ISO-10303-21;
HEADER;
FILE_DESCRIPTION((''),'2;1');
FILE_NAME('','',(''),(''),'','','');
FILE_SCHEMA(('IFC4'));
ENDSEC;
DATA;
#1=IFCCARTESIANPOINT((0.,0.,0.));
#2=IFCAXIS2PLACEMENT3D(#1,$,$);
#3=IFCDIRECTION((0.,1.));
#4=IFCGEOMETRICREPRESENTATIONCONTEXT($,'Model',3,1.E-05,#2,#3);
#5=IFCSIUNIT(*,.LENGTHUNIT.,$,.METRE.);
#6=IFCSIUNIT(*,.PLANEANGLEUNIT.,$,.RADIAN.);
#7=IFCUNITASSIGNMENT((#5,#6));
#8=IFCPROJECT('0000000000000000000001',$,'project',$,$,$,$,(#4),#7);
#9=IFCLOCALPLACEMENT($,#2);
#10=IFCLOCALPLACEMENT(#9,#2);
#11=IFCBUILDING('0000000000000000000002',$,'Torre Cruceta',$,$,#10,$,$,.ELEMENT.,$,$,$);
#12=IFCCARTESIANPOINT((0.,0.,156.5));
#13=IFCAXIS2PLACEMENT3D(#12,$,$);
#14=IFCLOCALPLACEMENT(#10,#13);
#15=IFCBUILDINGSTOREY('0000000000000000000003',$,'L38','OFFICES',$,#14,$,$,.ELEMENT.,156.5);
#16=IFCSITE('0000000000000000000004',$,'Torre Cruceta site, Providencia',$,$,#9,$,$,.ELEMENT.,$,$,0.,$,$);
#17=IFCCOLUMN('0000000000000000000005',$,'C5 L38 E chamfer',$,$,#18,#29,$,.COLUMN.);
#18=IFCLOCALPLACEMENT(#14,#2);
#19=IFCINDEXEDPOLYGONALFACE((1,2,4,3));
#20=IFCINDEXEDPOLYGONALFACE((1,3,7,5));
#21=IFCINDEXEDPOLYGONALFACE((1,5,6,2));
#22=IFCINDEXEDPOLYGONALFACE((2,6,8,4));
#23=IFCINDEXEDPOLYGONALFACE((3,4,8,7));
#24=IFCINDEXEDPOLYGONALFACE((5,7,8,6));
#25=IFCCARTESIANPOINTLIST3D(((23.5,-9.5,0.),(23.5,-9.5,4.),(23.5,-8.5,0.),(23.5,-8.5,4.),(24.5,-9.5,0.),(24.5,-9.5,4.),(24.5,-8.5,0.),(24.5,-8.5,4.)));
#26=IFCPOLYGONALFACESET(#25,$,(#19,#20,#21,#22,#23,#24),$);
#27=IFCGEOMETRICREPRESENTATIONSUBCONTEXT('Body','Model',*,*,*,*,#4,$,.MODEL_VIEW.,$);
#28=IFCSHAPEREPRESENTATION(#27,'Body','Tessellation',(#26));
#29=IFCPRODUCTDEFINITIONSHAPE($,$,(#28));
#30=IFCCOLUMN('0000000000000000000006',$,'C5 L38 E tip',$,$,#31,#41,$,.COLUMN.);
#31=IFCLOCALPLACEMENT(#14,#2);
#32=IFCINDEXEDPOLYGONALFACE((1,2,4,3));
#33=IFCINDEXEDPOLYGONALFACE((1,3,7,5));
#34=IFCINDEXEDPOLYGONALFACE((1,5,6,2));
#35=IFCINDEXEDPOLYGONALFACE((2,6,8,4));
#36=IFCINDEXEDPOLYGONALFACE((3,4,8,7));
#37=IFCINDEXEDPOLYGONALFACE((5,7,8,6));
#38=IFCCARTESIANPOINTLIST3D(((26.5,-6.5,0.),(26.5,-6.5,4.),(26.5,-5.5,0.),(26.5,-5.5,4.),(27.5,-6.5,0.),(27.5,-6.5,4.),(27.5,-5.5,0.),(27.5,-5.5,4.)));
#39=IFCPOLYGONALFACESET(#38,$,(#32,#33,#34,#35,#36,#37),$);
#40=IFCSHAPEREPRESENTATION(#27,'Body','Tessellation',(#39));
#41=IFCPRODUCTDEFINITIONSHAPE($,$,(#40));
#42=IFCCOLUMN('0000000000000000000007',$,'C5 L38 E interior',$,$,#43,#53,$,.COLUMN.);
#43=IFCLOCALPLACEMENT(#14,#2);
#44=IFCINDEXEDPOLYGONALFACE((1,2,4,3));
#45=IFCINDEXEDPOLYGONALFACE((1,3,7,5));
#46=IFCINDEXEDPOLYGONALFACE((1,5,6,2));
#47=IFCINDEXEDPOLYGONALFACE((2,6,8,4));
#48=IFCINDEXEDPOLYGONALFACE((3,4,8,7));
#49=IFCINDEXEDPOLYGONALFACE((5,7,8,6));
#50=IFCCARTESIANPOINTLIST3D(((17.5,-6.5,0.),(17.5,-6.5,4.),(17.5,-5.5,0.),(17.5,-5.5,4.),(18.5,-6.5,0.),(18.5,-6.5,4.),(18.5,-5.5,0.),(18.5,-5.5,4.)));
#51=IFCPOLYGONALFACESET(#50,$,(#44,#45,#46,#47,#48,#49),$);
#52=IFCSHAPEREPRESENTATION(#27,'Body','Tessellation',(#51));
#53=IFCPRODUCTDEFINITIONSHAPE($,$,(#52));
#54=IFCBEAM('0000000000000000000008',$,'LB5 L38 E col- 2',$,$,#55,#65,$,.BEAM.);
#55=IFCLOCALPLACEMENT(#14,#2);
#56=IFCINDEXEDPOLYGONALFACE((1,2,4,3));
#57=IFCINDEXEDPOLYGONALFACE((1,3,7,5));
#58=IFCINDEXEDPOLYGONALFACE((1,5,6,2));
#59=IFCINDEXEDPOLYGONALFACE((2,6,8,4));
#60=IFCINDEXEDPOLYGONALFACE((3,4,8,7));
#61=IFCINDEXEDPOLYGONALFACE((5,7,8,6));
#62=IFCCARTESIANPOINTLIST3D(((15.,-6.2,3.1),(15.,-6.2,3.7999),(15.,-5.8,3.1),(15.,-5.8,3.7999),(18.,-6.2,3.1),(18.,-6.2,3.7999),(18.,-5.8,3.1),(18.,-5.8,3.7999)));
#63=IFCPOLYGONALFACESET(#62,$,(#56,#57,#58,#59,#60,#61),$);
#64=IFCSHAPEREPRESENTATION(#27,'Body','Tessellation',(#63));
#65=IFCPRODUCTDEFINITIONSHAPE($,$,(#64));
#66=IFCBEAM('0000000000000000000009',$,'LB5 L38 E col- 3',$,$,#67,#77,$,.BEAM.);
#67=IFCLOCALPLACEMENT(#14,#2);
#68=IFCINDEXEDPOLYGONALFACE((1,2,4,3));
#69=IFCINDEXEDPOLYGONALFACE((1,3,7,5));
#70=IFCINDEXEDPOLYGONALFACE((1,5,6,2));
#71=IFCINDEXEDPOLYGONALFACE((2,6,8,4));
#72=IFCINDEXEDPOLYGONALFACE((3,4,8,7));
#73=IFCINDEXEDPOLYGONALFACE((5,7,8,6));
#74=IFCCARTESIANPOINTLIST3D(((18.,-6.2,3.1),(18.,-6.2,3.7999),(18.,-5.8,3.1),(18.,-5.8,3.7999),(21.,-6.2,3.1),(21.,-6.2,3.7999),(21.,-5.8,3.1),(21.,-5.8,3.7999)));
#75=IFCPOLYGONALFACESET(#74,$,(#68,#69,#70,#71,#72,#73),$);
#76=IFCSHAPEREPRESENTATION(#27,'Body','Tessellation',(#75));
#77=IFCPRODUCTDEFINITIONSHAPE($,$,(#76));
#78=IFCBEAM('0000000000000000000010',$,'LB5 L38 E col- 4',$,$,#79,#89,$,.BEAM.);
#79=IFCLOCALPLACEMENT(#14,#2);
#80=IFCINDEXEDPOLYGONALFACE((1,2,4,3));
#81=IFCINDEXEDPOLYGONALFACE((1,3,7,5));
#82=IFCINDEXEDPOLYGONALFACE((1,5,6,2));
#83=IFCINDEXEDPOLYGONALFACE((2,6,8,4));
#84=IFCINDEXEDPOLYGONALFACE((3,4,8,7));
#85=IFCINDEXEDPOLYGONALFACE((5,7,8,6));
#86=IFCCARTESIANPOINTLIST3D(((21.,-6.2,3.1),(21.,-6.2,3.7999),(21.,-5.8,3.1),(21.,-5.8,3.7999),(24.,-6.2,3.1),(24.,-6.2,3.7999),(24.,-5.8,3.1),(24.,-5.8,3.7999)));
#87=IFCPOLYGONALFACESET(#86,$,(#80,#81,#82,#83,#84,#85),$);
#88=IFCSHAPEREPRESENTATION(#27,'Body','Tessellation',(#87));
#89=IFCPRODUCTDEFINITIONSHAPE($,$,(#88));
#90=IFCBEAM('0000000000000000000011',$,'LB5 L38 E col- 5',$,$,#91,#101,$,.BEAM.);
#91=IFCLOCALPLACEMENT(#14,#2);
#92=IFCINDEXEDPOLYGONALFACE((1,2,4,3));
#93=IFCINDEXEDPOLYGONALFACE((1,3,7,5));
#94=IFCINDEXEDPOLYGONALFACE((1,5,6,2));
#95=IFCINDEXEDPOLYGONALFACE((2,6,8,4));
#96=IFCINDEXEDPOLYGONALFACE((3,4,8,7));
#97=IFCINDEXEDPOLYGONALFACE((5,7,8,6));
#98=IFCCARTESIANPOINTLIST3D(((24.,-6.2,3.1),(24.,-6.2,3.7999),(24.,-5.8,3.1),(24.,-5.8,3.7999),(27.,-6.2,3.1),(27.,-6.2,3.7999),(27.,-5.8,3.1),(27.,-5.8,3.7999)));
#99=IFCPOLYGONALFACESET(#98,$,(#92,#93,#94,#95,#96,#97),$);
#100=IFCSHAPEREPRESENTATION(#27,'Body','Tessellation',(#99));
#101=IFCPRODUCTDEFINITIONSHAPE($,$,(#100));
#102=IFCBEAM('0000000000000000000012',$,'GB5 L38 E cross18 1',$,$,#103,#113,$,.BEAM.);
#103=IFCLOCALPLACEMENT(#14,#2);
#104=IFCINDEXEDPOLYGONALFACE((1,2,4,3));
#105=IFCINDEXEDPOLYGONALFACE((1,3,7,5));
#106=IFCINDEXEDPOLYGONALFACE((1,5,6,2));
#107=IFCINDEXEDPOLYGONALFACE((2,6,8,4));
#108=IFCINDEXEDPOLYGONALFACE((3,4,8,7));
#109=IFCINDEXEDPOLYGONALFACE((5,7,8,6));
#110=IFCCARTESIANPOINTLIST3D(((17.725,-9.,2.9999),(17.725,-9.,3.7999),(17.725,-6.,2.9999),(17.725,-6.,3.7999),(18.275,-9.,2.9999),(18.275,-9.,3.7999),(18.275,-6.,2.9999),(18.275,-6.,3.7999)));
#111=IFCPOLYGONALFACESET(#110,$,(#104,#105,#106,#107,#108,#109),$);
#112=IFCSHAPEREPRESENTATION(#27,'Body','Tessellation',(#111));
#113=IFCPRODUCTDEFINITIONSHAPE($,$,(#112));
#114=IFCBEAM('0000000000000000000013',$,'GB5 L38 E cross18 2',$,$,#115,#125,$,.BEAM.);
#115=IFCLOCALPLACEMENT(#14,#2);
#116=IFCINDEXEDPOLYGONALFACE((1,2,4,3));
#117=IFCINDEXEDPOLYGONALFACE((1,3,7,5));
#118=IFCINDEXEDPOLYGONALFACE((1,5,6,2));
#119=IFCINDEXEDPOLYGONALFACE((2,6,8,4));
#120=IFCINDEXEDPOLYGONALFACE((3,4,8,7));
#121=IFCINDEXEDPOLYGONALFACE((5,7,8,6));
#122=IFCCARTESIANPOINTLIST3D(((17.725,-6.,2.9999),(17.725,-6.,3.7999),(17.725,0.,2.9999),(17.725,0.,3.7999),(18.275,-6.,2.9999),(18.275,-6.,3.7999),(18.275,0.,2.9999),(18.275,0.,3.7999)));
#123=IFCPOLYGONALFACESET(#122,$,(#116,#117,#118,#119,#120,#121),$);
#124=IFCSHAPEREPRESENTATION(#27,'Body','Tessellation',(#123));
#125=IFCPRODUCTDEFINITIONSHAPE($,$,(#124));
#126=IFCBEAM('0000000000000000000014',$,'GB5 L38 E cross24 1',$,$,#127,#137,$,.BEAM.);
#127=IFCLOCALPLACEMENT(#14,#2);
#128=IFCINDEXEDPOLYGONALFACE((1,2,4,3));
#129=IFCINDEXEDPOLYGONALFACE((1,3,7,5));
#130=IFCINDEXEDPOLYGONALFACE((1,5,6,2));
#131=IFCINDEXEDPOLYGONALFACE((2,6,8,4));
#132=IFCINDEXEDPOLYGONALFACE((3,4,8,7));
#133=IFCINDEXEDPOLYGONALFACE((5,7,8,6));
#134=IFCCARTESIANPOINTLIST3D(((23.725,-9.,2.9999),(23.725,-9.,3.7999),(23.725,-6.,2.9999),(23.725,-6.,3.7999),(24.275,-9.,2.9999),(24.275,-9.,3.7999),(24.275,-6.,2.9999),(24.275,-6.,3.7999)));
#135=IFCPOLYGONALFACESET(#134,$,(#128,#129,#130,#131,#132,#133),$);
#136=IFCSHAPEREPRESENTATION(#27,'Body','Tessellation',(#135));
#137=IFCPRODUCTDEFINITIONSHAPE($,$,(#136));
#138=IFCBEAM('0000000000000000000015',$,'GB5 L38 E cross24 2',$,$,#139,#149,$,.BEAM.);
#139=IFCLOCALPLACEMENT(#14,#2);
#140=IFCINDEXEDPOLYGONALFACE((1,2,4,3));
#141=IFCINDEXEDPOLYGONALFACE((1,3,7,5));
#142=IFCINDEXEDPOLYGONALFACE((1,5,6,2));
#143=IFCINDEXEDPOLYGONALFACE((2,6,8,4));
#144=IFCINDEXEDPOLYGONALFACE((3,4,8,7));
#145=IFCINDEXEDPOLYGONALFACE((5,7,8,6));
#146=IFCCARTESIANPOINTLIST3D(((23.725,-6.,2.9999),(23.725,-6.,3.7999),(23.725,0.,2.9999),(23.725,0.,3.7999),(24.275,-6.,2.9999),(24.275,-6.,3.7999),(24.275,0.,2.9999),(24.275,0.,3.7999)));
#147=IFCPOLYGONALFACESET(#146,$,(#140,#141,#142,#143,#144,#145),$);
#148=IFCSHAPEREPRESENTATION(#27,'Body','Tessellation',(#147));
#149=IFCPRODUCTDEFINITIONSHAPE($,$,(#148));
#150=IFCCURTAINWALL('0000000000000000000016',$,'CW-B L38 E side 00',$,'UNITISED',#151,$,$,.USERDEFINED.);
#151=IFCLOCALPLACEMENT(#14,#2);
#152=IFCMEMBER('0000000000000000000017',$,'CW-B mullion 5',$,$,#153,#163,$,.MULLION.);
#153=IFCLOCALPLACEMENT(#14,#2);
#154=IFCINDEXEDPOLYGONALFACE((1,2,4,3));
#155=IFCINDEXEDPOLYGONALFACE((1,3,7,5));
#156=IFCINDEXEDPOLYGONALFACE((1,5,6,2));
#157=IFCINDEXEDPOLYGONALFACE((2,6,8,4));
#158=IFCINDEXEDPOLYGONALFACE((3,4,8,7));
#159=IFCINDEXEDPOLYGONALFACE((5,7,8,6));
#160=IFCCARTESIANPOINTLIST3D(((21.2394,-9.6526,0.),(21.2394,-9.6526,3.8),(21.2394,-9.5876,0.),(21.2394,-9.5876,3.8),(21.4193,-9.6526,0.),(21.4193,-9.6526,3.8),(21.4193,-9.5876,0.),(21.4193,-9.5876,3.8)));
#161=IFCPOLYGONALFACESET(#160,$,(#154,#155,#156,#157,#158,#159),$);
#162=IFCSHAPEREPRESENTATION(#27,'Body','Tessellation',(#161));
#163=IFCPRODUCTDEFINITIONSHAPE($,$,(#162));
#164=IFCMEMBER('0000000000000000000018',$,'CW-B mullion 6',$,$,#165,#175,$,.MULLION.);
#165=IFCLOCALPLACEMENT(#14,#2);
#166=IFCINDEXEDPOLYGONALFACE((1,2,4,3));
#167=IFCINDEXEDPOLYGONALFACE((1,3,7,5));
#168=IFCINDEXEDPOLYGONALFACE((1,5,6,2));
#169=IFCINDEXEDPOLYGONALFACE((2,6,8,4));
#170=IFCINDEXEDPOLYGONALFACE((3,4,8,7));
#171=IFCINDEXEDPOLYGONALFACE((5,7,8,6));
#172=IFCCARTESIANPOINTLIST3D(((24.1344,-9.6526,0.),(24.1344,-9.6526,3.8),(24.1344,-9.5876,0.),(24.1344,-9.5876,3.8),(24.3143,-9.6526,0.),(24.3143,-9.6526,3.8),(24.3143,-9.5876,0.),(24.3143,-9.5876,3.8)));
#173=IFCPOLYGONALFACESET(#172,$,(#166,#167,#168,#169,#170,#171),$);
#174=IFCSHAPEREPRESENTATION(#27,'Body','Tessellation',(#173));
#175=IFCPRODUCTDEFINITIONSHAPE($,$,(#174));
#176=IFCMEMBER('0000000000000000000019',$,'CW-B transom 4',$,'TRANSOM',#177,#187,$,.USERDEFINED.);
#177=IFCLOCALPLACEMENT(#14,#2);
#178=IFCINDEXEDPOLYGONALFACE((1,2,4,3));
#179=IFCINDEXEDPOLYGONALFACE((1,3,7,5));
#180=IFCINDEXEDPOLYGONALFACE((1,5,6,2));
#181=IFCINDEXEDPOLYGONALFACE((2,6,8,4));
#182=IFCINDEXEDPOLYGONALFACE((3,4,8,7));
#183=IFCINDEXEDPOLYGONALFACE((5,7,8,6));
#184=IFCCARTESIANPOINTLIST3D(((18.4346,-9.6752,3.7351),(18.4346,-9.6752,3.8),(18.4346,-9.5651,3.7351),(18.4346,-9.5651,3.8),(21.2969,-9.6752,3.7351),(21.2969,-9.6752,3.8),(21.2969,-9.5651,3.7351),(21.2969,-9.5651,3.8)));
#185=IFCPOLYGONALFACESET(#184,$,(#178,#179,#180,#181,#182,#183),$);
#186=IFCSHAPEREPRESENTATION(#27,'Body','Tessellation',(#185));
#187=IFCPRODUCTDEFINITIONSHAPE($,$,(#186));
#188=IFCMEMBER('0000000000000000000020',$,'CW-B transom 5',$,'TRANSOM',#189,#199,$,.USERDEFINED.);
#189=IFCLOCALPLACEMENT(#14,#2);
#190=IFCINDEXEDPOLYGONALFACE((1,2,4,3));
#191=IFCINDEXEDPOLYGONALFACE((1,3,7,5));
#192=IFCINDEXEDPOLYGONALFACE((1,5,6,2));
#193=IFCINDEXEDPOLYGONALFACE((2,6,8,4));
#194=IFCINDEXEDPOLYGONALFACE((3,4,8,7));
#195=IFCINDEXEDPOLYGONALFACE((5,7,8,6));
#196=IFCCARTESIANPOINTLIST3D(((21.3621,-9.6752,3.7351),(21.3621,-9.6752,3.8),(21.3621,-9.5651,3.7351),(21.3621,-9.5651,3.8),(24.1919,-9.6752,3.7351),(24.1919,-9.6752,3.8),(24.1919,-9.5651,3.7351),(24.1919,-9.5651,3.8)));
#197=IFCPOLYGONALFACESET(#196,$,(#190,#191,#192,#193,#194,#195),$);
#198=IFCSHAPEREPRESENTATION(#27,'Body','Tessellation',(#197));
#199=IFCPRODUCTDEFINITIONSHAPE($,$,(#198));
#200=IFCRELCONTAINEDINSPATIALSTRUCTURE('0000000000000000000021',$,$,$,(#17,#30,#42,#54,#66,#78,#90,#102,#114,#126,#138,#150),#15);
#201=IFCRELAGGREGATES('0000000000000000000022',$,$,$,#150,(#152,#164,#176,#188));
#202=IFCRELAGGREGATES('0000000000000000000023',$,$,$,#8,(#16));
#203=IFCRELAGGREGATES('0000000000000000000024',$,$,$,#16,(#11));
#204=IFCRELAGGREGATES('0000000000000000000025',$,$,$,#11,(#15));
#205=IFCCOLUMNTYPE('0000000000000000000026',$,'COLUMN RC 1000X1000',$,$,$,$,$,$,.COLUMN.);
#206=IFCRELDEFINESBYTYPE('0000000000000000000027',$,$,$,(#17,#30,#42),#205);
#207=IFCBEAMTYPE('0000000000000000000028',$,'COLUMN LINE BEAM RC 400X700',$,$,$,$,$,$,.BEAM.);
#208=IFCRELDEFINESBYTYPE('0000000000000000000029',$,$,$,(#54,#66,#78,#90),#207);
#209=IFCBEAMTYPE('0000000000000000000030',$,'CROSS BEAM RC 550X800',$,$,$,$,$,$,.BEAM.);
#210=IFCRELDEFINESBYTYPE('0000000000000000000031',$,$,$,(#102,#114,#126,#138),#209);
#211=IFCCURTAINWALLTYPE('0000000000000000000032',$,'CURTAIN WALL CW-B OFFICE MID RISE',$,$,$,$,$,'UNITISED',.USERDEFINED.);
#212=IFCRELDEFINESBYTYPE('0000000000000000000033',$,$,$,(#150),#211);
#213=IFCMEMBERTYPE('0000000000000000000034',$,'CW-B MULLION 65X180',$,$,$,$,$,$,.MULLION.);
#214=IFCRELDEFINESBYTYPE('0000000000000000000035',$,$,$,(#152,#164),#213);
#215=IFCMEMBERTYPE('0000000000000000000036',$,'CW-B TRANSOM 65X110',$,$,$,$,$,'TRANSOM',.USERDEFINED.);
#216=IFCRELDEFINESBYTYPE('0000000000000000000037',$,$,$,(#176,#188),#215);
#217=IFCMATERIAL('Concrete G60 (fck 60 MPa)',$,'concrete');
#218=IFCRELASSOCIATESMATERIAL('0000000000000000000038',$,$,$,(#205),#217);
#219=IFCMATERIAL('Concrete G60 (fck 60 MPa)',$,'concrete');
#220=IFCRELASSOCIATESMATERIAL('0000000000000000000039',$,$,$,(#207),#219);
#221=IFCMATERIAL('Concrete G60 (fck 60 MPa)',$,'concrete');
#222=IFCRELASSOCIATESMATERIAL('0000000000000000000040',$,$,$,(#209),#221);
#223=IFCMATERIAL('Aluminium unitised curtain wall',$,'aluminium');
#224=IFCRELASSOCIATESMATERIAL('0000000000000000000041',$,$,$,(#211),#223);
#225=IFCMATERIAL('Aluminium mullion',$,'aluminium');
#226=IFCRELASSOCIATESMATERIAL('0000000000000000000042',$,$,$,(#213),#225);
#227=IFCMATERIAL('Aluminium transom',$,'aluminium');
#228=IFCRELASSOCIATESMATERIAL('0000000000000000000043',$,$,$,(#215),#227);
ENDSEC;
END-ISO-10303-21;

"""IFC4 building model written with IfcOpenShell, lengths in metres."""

from ifc_helpers import new_model, si_unit, direction, frame, origin, origin_2d, place, context, subcontext, project, spatial, rectangle, extrude, material, material_profile, profile_set, type_object, element, aggregate, save


model = new_model("IFC4")

# Units and contexts
model_context = context("Model", 3, precision=1e-05, world=origin(), true_north=direction((0.0, 1.0)))
body_context = subcontext(model_context, "Body", "Model", "MODEL_VIEW")
ifc_project = project(units=[si_unit("LENGTHUNIT", "METRE"), si_unit("PLANEANGLEUNIT", "RADIAN")], contexts=[model_context])

# Site, building, storey
site_placement = place(None, origin())
site = spatial("IfcSite", under=ifc_project, at=site_placement, Name="Torre Cruceta site, Providencia", CompositionType="ELEMENT", RefElevation=0.0)
building_placement = place(site_placement, origin())
building = spatial("IfcBuilding", under=site, at=building_placement, Name="Torre Cruceta", CompositionType="ELEMENT")
storey_placement = place(building_placement, frame((0.0, 0.0, 156.5)))
storey = spatial("IfcBuildingStorey", under=building, at=storey_placement, Name="L38", Description="OFFICES", CompositionType="ELEMENT", Elevation=156.5)

# Columns
ifc_material_1 = material(Name="Concrete G60 (fck 60 MPa)", Category="concrete")
ifc_material_profile_1 = material_profile(ifc_material_1, rectangle(XDim=1.0, YDim=1.0, at=origin_2d()), Name="RC 1000X1000")
ifc_profile_set_1 = profile_set([ifc_material_profile_1], Name="Concrete G60 (fck 60 MPa)")
column_type = type_object("IfcColumnType", Name="COLUMN RC 1000X1000", PredefinedType="COLUMN", material=ifc_profile_set_1)
for number, where, z_axis, x_axis, name in (
    (1, (24.0, -9.0, 0.0), (0.0, 0.0, 1.0), (1.0, 0.0, 0.0), "C5 L38 E chamfer"),
    (2, (27.0, -6.0, 0.0), (0.0, 0.0, 1.0), (1.0, 0.0, 0.0), "C5 L38 E tip"),
    (3, (18.0, -6.0, 0.0), (0.0, 0.0, 1.0), (1.0, 0.0, 0.0), "C5 L38 E interior"),
):
    element("IfcColumn", number, at=place(storey_placement, frame(where, z_axis=z_axis, x_axis=x_axis)), inside=storey, type_object=column_type, Name=name, PredefinedType="COLUMN", context=body_context, shape_type="SweptSolid", body=[
        extrude(rectangle(XDim=1.0, YDim=1.0, at=origin_2d()), origin(), (0.0, 0.0, 1.0), 4.0),
    ])

# Beams
ifc_material_2 = material(Name="Concrete G60 (fck 60 MPa)", Category="concrete")
ifc_material_profile_2 = material_profile(ifc_material_2, rectangle(XDim=0.3999, YDim=0.7, at=origin_2d()), Name="RC 400X700")
ifc_profile_set_2 = profile_set([ifc_material_profile_2], Name="Concrete G60 (fck 60 MPa)")
beam_type_1 = type_object("IfcBeamType", Name="COLUMN LINE BEAM RC 400X700", PredefinedType="BEAM", material=ifc_profile_set_2)
for number, where, z_axis, x_axis, name in (
    (4, (15.0, -6.0, 3.45), (1.0, 0.0, 0.0), (0.0, 1.0, 0.0), "LB5 L38 E col- 2"),
    (5, (18.0, -6.0, 3.45), (1.0, 0.0, 0.0), (0.0, 1.0, 0.0), "LB5 L38 E col- 3"),
    (6, (21.0, -6.0, 3.45), (1.0, 0.0, 0.0), (0.0, 1.0, 0.0), "LB5 L38 E col- 4"),
    (7, (24.0, -6.0, 3.45), (1.0, 0.0, 0.0), (0.0, 1.0, 0.0), "LB5 L38 E col- 5"),
):
    element("IfcBeam", number, at=place(storey_placement, frame(where, z_axis=z_axis, x_axis=x_axis)), inside=storey, type_object=beam_type_1, Name=name, PredefinedType="BEAM", context=body_context, shape_type="SweptSolid", body=[
        extrude(rectangle(XDim=0.3999, YDim=0.7, at=origin_2d()), origin(), (0.0, 0.0, 1.0), 3.0),
    ])
ifc_material_3 = material(Name="Concrete G60 (fck 60 MPa)", Category="concrete")
ifc_material_profile_3 = material_profile(ifc_material_3, rectangle(XDim=0.55, YDim=0.8, at=origin_2d()), Name="RC 550X800")
ifc_profile_set_3 = profile_set([ifc_material_profile_3], Name="Concrete G60 (fck 60 MPa)")
beam_type_2 = type_object("IfcBeamType", Name="CROSS BEAM RC 550X800", PredefinedType="BEAM", material=ifc_profile_set_3)
beam_1_placement = place(storey_placement, frame((18.0, -9.0, 3.3999), z_axis=(0.0, 1.0, 0.0), x_axis=(-1.0, 0.0, 0.0)))
element("IfcBeam", 8, at=beam_1_placement, inside=storey, type_object=beam_type_2, Name="GB5 L38 E cross18 1", PredefinedType="BEAM", context=body_context, shape_type="SweptSolid", body=[
    extrude(rectangle(XDim=0.55, YDim=0.8, at=origin_2d()), origin(), (0.0, 0.0, 1.0), 3.0),
])
beam_2_placement = place(storey_placement, frame((18.0, -6.0, 3.3999), z_axis=(0.0, 1.0, 0.0), x_axis=(-1.0, 0.0, 0.0)))
element("IfcBeam", 9, at=beam_2_placement, inside=storey, type_object=beam_type_2, Name="GB5 L38 E cross18 2", PredefinedType="BEAM", context=body_context, shape_type="SweptSolid", body=[
    extrude(rectangle(XDim=0.55, YDim=0.8, at=origin_2d()), origin(), (0.0, 0.0, 1.0), 6.0),
])
beam_3_placement = place(storey_placement, frame((24.0, -9.0, 3.3999), z_axis=(0.0, 1.0, 0.0), x_axis=(-1.0, 0.0, 0.0)))
element("IfcBeam", 10, at=beam_3_placement, inside=storey, type_object=beam_type_2, Name="GB5 L38 E cross24 1", PredefinedType="BEAM", context=body_context, shape_type="SweptSolid", body=[
    extrude(rectangle(XDim=0.55, YDim=0.8, at=origin_2d()), origin(), (0.0, 0.0, 1.0), 3.0),
])
beam_4_placement = place(storey_placement, frame((24.0, -6.0, 3.3999), z_axis=(0.0, 1.0, 0.0), x_axis=(-1.0, 0.0, 0.0)))
element("IfcBeam", 11, at=beam_4_placement, inside=storey, type_object=beam_type_2, Name="GB5 L38 E cross24 2", PredefinedType="BEAM", context=body_context, shape_type="SweptSolid", body=[
    extrude(rectangle(XDim=0.55, YDim=0.8, at=origin_2d()), origin(), (0.0, 0.0, 1.0), 6.0),
])

# Curtain wall, members
ifc_material_4 = material(Name="Aluminium unitised curtain wall", Category="aluminium")
curtain_wall_type = type_object("IfcCurtainWallType", Name="CURTAIN WALL CW-B OFFICE MID RISE", ElementType="UNITISED", PredefinedType="USERDEFINED", material=ifc_material_4)
curtain_wall_placement = place(storey_placement, origin())
curtain_wall = element("IfcCurtainWall", 12, at=curtain_wall_placement, inside=storey, type_object=curtain_wall_type, Name="CW-B L38 E side 00", ObjectType="UNITISED", PredefinedType="USERDEFINED")
ifc_material_5 = material(Name="Aluminium mullion", Category="aluminium")
ifc_material_profile_4 = material_profile(ifc_material_5, rectangle(XDim=0.0649, YDim=0.1799, at=origin_2d()), Name="AL 65X180")
ifc_profile_set_4 = profile_set([ifc_material_profile_4], Name="Aluminium mullion")
member_type_1 = type_object("IfcMemberType", Name="CW-B MULLION 65X180", PredefinedType="MULLION", material=ifc_profile_set_4)
member_1_placement = place(storey_placement, frame((21.3293, -9.6201, 0.0), z_axis=(0.0, 0.0, 1.0), x_axis=(0.0, 1.0, 0.0)))
member_1 = element("IfcMember", 13, at=member_1_placement, type_object=member_type_1, Name="CW-B mullion 5", PredefinedType="MULLION", context=body_context, shape_type="SweptSolid", body=[
    extrude(rectangle(XDim=0.0649, YDim=0.1799, at=origin_2d()), origin(), (0.0, 0.0, 1.0), 3.8),
])
member_2_placement = place(storey_placement, frame((24.2244, -9.6201, 0.0), z_axis=(0.0, 0.0, 1.0), x_axis=(0.0, 1.0, 0.0)))
member_2 = element("IfcMember", 14, at=member_2_placement, type_object=member_type_1, Name="CW-B mullion 6", PredefinedType="MULLION", context=body_context, shape_type="SweptSolid", body=[
    extrude(rectangle(XDim=0.0649, YDim=0.1799, at=origin_2d()), origin(), (0.0, 0.0, 1.0), 3.8),
])
ifc_material_6 = material(Name="Aluminium transom", Category="aluminium")
ifc_material_profile_5 = material_profile(ifc_material_6, rectangle(XDim=0.1101, YDim=0.0649, at=origin_2d()), Name="AL 110X65")
ifc_profile_set_5 = profile_set([ifc_material_profile_5], Name="Aluminium transom")
member_type_2 = type_object("IfcMemberType", Name="CW-B TRANSOM 65X110", ElementType="TRANSOM", PredefinedType="USERDEFINED", material=ifc_profile_set_5)
member_3_placement = place(storey_placement, frame((18.4346, -9.6201, 3.7676), z_axis=(1.0, 0.0, 0.0), x_axis=(0.0, 1.0, 0.0)))
member_3 = element("IfcMember", 15, at=member_3_placement, type_object=member_type_2, Name="CW-B transom 4", ObjectType="TRANSOM", PredefinedType="USERDEFINED", context=body_context, shape_type="SweptSolid", body=[
    extrude(rectangle(XDim=0.1101, YDim=0.0649, at=origin_2d()), origin(), (0.0, 0.0, 1.0), 2.8623),
])
member_4_placement = place(storey_placement, frame((21.3621, -9.6201, 3.7676), z_axis=(1.0, 0.0, 0.0), x_axis=(0.0, 1.0, 0.0)))
member_4 = element("IfcMember", 16, at=member_4_placement, type_object=member_type_2, Name="CW-B transom 5", ObjectType="TRANSOM", PredefinedType="USERDEFINED", context=body_context, shape_type="SweptSolid", body=[
    extrude(rectangle(XDim=0.1101, YDim=0.0649, at=origin_2d()), origin(), (0.0, 0.0, 1.0), 2.8298),
])

aggregate(curtain_wall, [member_1, member_2, member_3, member_4])

save(model, "model.ifc")
